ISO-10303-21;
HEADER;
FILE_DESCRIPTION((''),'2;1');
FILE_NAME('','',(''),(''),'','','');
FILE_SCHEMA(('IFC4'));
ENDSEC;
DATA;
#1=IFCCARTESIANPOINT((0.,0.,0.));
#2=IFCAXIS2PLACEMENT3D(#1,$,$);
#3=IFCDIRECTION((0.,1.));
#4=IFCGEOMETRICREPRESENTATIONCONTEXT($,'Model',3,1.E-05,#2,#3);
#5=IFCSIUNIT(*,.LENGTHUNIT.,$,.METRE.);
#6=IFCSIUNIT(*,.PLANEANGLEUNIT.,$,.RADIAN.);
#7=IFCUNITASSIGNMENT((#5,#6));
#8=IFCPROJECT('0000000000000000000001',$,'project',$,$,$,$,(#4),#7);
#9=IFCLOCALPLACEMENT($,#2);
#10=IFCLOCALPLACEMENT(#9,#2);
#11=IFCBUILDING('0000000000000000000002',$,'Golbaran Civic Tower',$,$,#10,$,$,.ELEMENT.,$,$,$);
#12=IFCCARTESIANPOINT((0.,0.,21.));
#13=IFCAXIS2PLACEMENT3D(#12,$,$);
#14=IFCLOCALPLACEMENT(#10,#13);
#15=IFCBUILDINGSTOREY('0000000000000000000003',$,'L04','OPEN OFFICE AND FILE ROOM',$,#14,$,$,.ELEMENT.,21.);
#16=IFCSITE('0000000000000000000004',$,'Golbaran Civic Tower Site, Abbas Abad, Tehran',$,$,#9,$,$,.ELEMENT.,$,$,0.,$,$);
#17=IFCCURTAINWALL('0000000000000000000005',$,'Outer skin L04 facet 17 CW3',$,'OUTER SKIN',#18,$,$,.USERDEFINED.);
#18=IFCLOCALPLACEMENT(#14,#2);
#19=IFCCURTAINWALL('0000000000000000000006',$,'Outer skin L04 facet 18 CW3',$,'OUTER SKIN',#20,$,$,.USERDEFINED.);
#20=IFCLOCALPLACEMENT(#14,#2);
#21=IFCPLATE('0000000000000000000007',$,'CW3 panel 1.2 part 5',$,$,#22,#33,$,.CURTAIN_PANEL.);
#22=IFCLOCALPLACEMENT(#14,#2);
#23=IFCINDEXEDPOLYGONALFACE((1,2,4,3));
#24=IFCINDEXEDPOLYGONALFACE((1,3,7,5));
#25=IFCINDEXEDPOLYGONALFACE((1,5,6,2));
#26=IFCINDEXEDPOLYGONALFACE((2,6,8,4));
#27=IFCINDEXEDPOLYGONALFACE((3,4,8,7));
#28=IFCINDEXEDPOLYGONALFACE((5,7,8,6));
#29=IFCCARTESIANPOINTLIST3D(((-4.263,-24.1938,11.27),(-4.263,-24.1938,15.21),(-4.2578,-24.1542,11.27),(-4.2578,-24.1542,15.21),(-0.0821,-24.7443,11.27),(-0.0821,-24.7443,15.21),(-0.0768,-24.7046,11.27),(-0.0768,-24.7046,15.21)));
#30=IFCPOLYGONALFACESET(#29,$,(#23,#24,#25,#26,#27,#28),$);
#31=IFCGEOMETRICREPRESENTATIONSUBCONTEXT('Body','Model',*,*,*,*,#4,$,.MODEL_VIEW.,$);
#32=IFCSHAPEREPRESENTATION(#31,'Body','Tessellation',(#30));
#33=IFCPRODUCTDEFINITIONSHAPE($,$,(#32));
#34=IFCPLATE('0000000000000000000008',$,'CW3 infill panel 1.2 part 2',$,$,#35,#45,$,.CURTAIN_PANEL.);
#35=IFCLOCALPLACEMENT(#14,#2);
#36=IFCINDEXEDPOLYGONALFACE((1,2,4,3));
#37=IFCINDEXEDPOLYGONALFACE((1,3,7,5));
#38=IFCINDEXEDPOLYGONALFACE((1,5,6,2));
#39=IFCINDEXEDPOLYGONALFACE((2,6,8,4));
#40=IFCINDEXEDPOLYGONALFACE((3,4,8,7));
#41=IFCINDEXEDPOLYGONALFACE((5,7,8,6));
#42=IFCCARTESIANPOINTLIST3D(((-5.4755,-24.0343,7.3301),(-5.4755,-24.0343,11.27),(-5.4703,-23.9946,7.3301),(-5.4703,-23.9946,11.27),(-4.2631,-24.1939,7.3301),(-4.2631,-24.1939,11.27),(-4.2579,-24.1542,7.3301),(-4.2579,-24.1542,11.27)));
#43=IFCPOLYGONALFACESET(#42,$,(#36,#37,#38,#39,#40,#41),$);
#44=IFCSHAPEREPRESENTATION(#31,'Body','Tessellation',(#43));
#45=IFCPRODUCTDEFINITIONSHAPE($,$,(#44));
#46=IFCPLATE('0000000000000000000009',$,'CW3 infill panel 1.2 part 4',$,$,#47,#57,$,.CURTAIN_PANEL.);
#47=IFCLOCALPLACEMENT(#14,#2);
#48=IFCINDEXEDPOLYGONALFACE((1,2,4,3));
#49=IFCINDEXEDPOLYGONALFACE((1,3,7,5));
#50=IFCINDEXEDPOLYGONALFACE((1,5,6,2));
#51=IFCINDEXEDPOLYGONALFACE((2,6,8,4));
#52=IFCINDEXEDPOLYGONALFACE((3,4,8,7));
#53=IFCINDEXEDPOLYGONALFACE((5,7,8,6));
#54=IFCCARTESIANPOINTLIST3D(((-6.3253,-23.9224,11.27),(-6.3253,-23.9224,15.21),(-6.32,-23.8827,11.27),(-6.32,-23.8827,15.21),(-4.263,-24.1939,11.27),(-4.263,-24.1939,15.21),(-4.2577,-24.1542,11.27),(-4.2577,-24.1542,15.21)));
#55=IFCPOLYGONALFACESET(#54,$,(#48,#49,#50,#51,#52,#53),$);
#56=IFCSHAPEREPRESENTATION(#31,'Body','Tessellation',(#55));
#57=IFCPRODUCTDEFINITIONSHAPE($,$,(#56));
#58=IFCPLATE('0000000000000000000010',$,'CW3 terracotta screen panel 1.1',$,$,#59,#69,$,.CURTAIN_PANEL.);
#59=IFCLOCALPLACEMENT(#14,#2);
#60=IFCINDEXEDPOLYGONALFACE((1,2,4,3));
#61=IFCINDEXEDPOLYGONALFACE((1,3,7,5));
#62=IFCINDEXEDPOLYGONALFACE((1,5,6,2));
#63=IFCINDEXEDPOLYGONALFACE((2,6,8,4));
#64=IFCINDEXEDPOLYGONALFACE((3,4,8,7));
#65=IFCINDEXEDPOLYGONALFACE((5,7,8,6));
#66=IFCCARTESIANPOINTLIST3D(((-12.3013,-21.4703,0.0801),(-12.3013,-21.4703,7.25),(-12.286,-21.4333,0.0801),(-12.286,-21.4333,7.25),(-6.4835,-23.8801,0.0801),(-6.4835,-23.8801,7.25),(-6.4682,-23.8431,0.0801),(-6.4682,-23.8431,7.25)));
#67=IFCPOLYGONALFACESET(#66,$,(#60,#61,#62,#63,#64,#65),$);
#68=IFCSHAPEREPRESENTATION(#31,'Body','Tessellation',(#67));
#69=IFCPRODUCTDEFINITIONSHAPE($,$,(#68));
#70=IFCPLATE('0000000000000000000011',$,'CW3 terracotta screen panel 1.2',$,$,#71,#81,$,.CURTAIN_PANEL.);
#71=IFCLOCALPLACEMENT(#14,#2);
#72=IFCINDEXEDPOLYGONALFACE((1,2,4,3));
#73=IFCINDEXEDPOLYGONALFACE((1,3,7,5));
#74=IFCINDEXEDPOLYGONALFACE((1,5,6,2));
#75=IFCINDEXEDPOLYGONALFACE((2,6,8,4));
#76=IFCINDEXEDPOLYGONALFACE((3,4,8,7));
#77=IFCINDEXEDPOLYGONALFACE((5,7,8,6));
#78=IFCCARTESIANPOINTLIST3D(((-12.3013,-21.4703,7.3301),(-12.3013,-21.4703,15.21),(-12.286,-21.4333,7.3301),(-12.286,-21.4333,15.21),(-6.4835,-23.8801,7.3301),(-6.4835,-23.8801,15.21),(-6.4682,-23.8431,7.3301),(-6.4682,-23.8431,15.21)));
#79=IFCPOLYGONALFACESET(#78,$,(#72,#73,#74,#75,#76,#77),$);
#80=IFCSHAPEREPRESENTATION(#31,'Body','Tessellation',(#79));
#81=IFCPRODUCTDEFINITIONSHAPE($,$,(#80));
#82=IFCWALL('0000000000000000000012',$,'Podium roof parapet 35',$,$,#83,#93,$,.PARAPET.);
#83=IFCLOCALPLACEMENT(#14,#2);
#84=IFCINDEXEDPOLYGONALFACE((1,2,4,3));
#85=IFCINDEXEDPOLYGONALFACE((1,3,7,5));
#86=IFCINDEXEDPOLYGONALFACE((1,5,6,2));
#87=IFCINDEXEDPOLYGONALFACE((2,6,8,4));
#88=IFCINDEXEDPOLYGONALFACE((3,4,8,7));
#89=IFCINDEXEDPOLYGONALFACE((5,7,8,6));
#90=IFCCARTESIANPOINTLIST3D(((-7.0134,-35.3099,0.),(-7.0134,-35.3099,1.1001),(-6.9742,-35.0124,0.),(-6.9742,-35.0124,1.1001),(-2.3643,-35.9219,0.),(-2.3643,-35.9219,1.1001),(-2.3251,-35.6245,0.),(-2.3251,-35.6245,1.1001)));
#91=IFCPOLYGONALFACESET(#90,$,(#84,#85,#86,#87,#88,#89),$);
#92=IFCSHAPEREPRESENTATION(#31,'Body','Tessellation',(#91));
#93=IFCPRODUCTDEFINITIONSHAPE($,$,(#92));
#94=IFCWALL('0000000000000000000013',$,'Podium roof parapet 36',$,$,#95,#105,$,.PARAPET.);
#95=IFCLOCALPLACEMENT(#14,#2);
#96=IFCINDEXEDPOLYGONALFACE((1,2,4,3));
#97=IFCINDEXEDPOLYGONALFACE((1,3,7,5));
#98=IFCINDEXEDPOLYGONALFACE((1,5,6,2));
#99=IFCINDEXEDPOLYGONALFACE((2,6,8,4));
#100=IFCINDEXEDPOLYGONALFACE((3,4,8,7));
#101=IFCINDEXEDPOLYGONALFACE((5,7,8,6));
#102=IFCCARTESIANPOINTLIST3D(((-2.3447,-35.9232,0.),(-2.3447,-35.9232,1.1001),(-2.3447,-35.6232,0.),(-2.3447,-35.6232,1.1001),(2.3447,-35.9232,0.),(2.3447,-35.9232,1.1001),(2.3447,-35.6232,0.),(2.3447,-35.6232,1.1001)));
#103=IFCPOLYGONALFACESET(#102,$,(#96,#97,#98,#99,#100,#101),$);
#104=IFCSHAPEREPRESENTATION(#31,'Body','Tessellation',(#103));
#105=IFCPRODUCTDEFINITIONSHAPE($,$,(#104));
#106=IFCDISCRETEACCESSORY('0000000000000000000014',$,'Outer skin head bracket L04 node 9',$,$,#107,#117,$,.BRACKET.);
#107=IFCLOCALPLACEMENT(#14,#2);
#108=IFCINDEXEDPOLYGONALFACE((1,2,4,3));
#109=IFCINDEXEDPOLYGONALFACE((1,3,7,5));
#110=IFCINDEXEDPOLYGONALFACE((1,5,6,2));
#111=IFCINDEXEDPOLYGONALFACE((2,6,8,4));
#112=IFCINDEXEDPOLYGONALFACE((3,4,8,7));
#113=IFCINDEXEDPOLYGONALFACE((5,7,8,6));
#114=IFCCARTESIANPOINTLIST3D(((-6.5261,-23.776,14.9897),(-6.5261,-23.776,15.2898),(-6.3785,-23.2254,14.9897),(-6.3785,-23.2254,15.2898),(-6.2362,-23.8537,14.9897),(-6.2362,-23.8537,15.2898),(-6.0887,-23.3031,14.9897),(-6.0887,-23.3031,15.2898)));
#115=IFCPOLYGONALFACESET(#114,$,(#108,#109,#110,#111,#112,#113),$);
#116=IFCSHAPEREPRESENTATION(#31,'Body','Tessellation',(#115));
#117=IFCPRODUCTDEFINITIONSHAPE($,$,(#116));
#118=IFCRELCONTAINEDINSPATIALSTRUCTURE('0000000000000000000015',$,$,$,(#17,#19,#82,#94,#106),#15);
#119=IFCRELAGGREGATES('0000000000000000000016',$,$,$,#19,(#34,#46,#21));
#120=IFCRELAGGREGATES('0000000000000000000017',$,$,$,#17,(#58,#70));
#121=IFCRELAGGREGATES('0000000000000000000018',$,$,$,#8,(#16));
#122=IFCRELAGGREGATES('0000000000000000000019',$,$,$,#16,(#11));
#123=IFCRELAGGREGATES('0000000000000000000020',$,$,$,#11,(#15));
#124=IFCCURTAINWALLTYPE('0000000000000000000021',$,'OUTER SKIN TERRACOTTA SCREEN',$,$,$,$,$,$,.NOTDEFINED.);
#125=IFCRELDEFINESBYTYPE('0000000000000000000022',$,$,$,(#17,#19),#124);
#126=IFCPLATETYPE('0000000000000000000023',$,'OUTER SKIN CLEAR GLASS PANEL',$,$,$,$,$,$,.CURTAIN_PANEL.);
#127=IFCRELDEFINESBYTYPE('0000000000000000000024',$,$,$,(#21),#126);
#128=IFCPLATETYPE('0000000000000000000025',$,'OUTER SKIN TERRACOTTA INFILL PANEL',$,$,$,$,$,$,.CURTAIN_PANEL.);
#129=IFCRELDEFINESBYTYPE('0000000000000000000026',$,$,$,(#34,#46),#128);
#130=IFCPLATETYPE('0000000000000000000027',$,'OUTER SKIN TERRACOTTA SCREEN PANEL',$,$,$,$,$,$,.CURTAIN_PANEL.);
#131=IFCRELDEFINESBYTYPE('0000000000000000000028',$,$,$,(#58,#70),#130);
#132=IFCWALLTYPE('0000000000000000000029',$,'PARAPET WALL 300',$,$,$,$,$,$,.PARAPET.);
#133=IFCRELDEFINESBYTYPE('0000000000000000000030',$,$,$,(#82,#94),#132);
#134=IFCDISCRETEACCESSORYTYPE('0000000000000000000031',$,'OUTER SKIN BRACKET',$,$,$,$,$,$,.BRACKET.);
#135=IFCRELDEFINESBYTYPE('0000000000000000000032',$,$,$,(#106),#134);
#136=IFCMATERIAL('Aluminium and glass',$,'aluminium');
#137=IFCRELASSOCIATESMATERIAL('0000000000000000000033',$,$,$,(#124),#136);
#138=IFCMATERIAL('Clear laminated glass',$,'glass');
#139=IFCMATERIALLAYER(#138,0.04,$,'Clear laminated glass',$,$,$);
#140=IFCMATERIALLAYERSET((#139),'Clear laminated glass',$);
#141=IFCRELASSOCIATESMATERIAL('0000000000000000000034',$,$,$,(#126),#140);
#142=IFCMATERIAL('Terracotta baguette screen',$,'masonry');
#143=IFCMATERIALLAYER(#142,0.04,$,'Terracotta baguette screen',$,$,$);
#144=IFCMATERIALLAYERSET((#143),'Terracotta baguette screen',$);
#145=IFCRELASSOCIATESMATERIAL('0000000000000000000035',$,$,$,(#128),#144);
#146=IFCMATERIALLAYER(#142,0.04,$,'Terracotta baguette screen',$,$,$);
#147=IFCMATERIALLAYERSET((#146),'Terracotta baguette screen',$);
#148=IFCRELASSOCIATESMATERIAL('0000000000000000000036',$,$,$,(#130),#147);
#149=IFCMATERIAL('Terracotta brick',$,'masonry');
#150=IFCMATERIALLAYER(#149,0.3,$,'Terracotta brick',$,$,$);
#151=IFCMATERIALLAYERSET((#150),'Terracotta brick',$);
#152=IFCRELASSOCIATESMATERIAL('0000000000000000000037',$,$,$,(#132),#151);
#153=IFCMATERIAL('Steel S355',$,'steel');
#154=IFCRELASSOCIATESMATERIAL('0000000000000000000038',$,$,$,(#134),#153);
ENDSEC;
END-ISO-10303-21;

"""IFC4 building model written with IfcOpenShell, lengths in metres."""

from ifc_helpers import new_model, si_unit, direction, frame, frame_2d, origin, origin_2d, place, context, subcontext, project, spatial, rectangle, extrude, material, layer, layer_set, type_object, element, aggregate, save


model = new_model("IFC4")

# Units and contexts
model_context = context("Model", 3, precision=1e-05, world=origin(), true_north=direction((0.0, 1.0)))
body_context = subcontext(model_context, "Body", "Model", "MODEL_VIEW")
ifc_project = project(units=[si_unit("LENGTHUNIT", "METRE"), si_unit("PLANEANGLEUNIT", "RADIAN")], contexts=[model_context])

# Site, building, storey
site_placement = place(None, origin())
site = spatial("IfcSite", under=ifc_project, at=site_placement, Name="Golbaran Civic Tower Site, Abbas Abad, Tehran", CompositionType="ELEMENT", RefElevation=0.0)
building_placement = place(site_placement, origin())
building = spatial("IfcBuilding", under=site, at=building_placement, Name="Golbaran Civic Tower", CompositionType="ELEMENT")
storey_placement = place(building_placement, frame((0.0, 0.0, 21.0)))
storey = spatial("IfcBuildingStorey", under=building, at=storey_placement, Name="L04", Description="OPEN OFFICE AND FILE ROOM", CompositionType="ELEMENT", Elevation=21.0)

# Shared definitions
ifc_material_1 = material(Name="Aluminium and glass", Category="aluminium")

# Curtain wall
curtain_wall_type_1 = type_object("IfcCurtainWallType", Name="OUTER SKIN TERRACOTTA SCREEN", PredefinedType="NOTDEFINED", material=ifc_material_1)
curtain_wall_1_placement = place(storey_placement, origin())
curtain_wall_1 = element("IfcCurtainWall", 1, at=curtain_wall_1_placement, inside=storey, type_object=curtain_wall_type_1, Name="Outer skin L04 facet 17 CW3", ObjectType="OUTER SKIN", PredefinedType="USERDEFINED")

# Curtain wall
curtain_wall_2_placement = place(storey_placement, origin())
curtain_wall_2 = element("IfcCurtainWall", 2, at=curtain_wall_2_placement, inside=storey, type_object=curtain_wall_type_1, Name="Outer skin L04 facet 18 CW3", ObjectType="OUTER SKIN", PredefinedType="USERDEFINED")

# Plates
ifc_material_2 = material(Name="Clear laminated glass", Category="glass")
ifc_layer_1 = layer(ifc_material_2, 0.04, Name="Clear laminated glass")
ifc_layer_set_1 = layer_set([ifc_layer_1], Name="Clear laminated glass")
plate_type_1 = type_object("IfcPlateType", Name="OUTER SKIN CLEAR GLASS PANEL", PredefinedType="CURTAIN_PANEL", material=ifc_layer_set_1)
plate_1_placement = place(storey_placement, frame((-2.1699, -24.4492, 11.27), z_axis=(0.0, 0.0, 1.0), x_axis=(0.991445, -0.130526, 0.0)))
plate_1 = element("IfcPlate", 3, at=plate_1_placement, type_object=plate_type_1, Name="CW3 panel 1.2 part 5", PredefinedType="CURTAIN_PANEL", context=body_context, shape_type="SweptSolid", body=[
    extrude(rectangle(XDim=4.217, YDim=0.04, at=origin_2d()), origin(), (0.0, 0.0, 1.0), 3.9399),
])
ifc_material_3 = material(Name="Terracotta baguette screen", Category="masonry")
ifc_layer_2 = layer(ifc_material_3, 0.04, Name="Terracotta baguette screen")
ifc_layer_set_2 = layer_set([ifc_layer_2], Name="Terracotta baguette screen")
plate_type_2 = type_object("IfcPlateType", Name="OUTER SKIN TERRACOTTA INFILL PANEL", PredefinedType="CURTAIN_PANEL", material=ifc_layer_set_2)
plate_2_placement = place(storey_placement, frame((-4.8667, -24.0942, 7.3301), z_axis=(0.0, 0.0, 1.0), x_axis=(0.991445, -0.130526, 0.0)))
plate_2 = element("IfcPlate", 4, at=plate_2_placement, type_object=plate_type_2, Name="CW3 infill panel 1.2 part 2", PredefinedType="CURTAIN_PANEL", context=body_context, shape_type="SweptSolid", body=[
    extrude(rectangle(XDim=1.2229, YDim=0.04, at=origin_2d()), origin(), (0.0, 0.0, 1.0), 3.9399),
])
plate_3_placement = place(storey_placement, frame((-5.2915, -24.0383, 11.27), z_axis=(0.0, 0.0, 1.0), x_axis=(0.991445, -0.130526, 0.0)))
plate_3 = element("IfcPlate", 5, at=plate_3_placement, type_object=plate_type_2, Name="CW3 infill panel 1.2 part 4", PredefinedType="CURTAIN_PANEL", context=body_context, shape_type="SweptSolid", body=[
    extrude(rectangle(XDim=2.0801, YDim=0.04, at=origin_2d()), origin(), (0.0, 0.0, 1.0), 3.9399),
])
aggregate(curtain_wall_2, [plate_2, plate_3, plate_1])
ifc_layer_3 = layer(ifc_material_3, 0.04, Name="Terracotta baguette screen")
ifc_layer_set_3 = layer_set([ifc_layer_3], Name="Terracotta baguette screen")
plate_type_3 = type_object("IfcPlateType", Name="OUTER SKIN TERRACOTTA SCREEN PANEL", PredefinedType="CURTAIN_PANEL", material=ifc_layer_set_3)
plate_4_placement = place(storey_placement, frame((-9.3848, -22.6567, 0.0801), z_axis=(0.0, 0.0, 1.0), x_axis=(0.92388, -0.382683, 0.0)))
plate_4 = element("IfcPlate", 6, at=plate_4_placement, type_object=plate_type_3, Name="CW3 terracotta screen panel 1.1", PredefinedType="CURTAIN_PANEL", context=body_context, shape_type="SweptSolid", body=[
    extrude(rectangle(XDim=6.2971, YDim=0.04, at=origin_2d()), origin(), (0.0, 0.0, 1.0), 7.1699),
])
plate_5_placement = place(storey_placement, frame((-9.3848, -22.6567, 7.3301), z_axis=(0.0, 0.0, 1.0), x_axis=(0.92388, -0.382683, 0.0)))
plate_5 = element("IfcPlate", 7, at=plate_5_placement, type_object=plate_type_3, Name="CW3 terracotta screen panel 1.2", PredefinedType="CURTAIN_PANEL", context=body_context, shape_type="SweptSolid", body=[
    extrude(rectangle(XDim=6.2971, YDim=0.04, at=origin_2d()), origin(), (0.0, 0.0, 1.0), 7.8799),
])
aggregate(curtain_wall_1, [plate_4, plate_5])

# Walls
ifc_material_4 = material(Name="Terracotta brick", Category="masonry")
ifc_layer_4 = layer(ifc_material_4, 0.3, Name="Terracotta brick")
ifc_layer_set_4 = layer_set([ifc_layer_4], Name="Terracotta brick")
wall_type = type_object("IfcWallType", Name="PARAPET WALL 300", PredefinedType="PARAPET", material=ifc_layer_set_4)
wall_1_placement = place(storey_placement, frame((-6.9939, -35.1611, 0.0), z_axis=(0.0, 0.0, 1.0), x_axis=(0.991445, -0.130523, 0.0)))
element("IfcWall", 8, at=wall_1_placement, inside=storey, type_object=wall_type, Name="Podium roof parapet 35", PredefinedType="PARAPET", context=body_context, shape_type="SweptSolid", body=[
    extrude(rectangle(XDim=4.6892, YDim=0.3, at=frame_2d((2.3447, 0.0))), origin(), (0.0, 0.0, 1.0), 1.1001),
])
wall_2_placement = place(storey_placement, frame((-2.3447, -35.7732, 0.0), z_axis=(0.0, 0.0, 1.0), x_axis=(1.0, 0.0, 0.0)))
element("IfcWall", 9, at=wall_2_placement, inside=storey, type_object=wall_type, Name="Podium roof parapet 36", PredefinedType="PARAPET", context=body_context, shape_type="SweptSolid", body=[
    extrude(rectangle(XDim=4.6895, YDim=0.3, at=frame_2d((2.3447, 0.0))), origin(), (0.0, 0.0, 1.0), 1.1001),
])

# Discrete accessory
ifc_material_5 = material(Name="Steel S355", Category="steel")
discrete_accessory_type = type_object("IfcDiscreteAccessoryType", Name="OUTER SKIN BRACKET", PredefinedType="BRACKET", material=ifc_material_5)
discrete_accessory_placement = place(storey_placement, frame((-6.3074, -23.5396, 14.9897), z_axis=(0.0, 0.0, 1.0), x_axis=(-0.258819, -0.965926, 0.0)))
element("IfcDiscreteAccessory", 10, at=discrete_accessory_placement, inside=storey, type_object=discrete_accessory_type, Name="Outer skin head bracket L04 node 9", PredefinedType="BRACKET", context=body_context, shape_type="SweptSolid", body=[
    extrude(rectangle(XDim=0.5701, YDim=0.3, at=origin_2d()), origin(), (0.0, 0.0, 1.0), 0.3),
])

save(model, "model.ifc")
